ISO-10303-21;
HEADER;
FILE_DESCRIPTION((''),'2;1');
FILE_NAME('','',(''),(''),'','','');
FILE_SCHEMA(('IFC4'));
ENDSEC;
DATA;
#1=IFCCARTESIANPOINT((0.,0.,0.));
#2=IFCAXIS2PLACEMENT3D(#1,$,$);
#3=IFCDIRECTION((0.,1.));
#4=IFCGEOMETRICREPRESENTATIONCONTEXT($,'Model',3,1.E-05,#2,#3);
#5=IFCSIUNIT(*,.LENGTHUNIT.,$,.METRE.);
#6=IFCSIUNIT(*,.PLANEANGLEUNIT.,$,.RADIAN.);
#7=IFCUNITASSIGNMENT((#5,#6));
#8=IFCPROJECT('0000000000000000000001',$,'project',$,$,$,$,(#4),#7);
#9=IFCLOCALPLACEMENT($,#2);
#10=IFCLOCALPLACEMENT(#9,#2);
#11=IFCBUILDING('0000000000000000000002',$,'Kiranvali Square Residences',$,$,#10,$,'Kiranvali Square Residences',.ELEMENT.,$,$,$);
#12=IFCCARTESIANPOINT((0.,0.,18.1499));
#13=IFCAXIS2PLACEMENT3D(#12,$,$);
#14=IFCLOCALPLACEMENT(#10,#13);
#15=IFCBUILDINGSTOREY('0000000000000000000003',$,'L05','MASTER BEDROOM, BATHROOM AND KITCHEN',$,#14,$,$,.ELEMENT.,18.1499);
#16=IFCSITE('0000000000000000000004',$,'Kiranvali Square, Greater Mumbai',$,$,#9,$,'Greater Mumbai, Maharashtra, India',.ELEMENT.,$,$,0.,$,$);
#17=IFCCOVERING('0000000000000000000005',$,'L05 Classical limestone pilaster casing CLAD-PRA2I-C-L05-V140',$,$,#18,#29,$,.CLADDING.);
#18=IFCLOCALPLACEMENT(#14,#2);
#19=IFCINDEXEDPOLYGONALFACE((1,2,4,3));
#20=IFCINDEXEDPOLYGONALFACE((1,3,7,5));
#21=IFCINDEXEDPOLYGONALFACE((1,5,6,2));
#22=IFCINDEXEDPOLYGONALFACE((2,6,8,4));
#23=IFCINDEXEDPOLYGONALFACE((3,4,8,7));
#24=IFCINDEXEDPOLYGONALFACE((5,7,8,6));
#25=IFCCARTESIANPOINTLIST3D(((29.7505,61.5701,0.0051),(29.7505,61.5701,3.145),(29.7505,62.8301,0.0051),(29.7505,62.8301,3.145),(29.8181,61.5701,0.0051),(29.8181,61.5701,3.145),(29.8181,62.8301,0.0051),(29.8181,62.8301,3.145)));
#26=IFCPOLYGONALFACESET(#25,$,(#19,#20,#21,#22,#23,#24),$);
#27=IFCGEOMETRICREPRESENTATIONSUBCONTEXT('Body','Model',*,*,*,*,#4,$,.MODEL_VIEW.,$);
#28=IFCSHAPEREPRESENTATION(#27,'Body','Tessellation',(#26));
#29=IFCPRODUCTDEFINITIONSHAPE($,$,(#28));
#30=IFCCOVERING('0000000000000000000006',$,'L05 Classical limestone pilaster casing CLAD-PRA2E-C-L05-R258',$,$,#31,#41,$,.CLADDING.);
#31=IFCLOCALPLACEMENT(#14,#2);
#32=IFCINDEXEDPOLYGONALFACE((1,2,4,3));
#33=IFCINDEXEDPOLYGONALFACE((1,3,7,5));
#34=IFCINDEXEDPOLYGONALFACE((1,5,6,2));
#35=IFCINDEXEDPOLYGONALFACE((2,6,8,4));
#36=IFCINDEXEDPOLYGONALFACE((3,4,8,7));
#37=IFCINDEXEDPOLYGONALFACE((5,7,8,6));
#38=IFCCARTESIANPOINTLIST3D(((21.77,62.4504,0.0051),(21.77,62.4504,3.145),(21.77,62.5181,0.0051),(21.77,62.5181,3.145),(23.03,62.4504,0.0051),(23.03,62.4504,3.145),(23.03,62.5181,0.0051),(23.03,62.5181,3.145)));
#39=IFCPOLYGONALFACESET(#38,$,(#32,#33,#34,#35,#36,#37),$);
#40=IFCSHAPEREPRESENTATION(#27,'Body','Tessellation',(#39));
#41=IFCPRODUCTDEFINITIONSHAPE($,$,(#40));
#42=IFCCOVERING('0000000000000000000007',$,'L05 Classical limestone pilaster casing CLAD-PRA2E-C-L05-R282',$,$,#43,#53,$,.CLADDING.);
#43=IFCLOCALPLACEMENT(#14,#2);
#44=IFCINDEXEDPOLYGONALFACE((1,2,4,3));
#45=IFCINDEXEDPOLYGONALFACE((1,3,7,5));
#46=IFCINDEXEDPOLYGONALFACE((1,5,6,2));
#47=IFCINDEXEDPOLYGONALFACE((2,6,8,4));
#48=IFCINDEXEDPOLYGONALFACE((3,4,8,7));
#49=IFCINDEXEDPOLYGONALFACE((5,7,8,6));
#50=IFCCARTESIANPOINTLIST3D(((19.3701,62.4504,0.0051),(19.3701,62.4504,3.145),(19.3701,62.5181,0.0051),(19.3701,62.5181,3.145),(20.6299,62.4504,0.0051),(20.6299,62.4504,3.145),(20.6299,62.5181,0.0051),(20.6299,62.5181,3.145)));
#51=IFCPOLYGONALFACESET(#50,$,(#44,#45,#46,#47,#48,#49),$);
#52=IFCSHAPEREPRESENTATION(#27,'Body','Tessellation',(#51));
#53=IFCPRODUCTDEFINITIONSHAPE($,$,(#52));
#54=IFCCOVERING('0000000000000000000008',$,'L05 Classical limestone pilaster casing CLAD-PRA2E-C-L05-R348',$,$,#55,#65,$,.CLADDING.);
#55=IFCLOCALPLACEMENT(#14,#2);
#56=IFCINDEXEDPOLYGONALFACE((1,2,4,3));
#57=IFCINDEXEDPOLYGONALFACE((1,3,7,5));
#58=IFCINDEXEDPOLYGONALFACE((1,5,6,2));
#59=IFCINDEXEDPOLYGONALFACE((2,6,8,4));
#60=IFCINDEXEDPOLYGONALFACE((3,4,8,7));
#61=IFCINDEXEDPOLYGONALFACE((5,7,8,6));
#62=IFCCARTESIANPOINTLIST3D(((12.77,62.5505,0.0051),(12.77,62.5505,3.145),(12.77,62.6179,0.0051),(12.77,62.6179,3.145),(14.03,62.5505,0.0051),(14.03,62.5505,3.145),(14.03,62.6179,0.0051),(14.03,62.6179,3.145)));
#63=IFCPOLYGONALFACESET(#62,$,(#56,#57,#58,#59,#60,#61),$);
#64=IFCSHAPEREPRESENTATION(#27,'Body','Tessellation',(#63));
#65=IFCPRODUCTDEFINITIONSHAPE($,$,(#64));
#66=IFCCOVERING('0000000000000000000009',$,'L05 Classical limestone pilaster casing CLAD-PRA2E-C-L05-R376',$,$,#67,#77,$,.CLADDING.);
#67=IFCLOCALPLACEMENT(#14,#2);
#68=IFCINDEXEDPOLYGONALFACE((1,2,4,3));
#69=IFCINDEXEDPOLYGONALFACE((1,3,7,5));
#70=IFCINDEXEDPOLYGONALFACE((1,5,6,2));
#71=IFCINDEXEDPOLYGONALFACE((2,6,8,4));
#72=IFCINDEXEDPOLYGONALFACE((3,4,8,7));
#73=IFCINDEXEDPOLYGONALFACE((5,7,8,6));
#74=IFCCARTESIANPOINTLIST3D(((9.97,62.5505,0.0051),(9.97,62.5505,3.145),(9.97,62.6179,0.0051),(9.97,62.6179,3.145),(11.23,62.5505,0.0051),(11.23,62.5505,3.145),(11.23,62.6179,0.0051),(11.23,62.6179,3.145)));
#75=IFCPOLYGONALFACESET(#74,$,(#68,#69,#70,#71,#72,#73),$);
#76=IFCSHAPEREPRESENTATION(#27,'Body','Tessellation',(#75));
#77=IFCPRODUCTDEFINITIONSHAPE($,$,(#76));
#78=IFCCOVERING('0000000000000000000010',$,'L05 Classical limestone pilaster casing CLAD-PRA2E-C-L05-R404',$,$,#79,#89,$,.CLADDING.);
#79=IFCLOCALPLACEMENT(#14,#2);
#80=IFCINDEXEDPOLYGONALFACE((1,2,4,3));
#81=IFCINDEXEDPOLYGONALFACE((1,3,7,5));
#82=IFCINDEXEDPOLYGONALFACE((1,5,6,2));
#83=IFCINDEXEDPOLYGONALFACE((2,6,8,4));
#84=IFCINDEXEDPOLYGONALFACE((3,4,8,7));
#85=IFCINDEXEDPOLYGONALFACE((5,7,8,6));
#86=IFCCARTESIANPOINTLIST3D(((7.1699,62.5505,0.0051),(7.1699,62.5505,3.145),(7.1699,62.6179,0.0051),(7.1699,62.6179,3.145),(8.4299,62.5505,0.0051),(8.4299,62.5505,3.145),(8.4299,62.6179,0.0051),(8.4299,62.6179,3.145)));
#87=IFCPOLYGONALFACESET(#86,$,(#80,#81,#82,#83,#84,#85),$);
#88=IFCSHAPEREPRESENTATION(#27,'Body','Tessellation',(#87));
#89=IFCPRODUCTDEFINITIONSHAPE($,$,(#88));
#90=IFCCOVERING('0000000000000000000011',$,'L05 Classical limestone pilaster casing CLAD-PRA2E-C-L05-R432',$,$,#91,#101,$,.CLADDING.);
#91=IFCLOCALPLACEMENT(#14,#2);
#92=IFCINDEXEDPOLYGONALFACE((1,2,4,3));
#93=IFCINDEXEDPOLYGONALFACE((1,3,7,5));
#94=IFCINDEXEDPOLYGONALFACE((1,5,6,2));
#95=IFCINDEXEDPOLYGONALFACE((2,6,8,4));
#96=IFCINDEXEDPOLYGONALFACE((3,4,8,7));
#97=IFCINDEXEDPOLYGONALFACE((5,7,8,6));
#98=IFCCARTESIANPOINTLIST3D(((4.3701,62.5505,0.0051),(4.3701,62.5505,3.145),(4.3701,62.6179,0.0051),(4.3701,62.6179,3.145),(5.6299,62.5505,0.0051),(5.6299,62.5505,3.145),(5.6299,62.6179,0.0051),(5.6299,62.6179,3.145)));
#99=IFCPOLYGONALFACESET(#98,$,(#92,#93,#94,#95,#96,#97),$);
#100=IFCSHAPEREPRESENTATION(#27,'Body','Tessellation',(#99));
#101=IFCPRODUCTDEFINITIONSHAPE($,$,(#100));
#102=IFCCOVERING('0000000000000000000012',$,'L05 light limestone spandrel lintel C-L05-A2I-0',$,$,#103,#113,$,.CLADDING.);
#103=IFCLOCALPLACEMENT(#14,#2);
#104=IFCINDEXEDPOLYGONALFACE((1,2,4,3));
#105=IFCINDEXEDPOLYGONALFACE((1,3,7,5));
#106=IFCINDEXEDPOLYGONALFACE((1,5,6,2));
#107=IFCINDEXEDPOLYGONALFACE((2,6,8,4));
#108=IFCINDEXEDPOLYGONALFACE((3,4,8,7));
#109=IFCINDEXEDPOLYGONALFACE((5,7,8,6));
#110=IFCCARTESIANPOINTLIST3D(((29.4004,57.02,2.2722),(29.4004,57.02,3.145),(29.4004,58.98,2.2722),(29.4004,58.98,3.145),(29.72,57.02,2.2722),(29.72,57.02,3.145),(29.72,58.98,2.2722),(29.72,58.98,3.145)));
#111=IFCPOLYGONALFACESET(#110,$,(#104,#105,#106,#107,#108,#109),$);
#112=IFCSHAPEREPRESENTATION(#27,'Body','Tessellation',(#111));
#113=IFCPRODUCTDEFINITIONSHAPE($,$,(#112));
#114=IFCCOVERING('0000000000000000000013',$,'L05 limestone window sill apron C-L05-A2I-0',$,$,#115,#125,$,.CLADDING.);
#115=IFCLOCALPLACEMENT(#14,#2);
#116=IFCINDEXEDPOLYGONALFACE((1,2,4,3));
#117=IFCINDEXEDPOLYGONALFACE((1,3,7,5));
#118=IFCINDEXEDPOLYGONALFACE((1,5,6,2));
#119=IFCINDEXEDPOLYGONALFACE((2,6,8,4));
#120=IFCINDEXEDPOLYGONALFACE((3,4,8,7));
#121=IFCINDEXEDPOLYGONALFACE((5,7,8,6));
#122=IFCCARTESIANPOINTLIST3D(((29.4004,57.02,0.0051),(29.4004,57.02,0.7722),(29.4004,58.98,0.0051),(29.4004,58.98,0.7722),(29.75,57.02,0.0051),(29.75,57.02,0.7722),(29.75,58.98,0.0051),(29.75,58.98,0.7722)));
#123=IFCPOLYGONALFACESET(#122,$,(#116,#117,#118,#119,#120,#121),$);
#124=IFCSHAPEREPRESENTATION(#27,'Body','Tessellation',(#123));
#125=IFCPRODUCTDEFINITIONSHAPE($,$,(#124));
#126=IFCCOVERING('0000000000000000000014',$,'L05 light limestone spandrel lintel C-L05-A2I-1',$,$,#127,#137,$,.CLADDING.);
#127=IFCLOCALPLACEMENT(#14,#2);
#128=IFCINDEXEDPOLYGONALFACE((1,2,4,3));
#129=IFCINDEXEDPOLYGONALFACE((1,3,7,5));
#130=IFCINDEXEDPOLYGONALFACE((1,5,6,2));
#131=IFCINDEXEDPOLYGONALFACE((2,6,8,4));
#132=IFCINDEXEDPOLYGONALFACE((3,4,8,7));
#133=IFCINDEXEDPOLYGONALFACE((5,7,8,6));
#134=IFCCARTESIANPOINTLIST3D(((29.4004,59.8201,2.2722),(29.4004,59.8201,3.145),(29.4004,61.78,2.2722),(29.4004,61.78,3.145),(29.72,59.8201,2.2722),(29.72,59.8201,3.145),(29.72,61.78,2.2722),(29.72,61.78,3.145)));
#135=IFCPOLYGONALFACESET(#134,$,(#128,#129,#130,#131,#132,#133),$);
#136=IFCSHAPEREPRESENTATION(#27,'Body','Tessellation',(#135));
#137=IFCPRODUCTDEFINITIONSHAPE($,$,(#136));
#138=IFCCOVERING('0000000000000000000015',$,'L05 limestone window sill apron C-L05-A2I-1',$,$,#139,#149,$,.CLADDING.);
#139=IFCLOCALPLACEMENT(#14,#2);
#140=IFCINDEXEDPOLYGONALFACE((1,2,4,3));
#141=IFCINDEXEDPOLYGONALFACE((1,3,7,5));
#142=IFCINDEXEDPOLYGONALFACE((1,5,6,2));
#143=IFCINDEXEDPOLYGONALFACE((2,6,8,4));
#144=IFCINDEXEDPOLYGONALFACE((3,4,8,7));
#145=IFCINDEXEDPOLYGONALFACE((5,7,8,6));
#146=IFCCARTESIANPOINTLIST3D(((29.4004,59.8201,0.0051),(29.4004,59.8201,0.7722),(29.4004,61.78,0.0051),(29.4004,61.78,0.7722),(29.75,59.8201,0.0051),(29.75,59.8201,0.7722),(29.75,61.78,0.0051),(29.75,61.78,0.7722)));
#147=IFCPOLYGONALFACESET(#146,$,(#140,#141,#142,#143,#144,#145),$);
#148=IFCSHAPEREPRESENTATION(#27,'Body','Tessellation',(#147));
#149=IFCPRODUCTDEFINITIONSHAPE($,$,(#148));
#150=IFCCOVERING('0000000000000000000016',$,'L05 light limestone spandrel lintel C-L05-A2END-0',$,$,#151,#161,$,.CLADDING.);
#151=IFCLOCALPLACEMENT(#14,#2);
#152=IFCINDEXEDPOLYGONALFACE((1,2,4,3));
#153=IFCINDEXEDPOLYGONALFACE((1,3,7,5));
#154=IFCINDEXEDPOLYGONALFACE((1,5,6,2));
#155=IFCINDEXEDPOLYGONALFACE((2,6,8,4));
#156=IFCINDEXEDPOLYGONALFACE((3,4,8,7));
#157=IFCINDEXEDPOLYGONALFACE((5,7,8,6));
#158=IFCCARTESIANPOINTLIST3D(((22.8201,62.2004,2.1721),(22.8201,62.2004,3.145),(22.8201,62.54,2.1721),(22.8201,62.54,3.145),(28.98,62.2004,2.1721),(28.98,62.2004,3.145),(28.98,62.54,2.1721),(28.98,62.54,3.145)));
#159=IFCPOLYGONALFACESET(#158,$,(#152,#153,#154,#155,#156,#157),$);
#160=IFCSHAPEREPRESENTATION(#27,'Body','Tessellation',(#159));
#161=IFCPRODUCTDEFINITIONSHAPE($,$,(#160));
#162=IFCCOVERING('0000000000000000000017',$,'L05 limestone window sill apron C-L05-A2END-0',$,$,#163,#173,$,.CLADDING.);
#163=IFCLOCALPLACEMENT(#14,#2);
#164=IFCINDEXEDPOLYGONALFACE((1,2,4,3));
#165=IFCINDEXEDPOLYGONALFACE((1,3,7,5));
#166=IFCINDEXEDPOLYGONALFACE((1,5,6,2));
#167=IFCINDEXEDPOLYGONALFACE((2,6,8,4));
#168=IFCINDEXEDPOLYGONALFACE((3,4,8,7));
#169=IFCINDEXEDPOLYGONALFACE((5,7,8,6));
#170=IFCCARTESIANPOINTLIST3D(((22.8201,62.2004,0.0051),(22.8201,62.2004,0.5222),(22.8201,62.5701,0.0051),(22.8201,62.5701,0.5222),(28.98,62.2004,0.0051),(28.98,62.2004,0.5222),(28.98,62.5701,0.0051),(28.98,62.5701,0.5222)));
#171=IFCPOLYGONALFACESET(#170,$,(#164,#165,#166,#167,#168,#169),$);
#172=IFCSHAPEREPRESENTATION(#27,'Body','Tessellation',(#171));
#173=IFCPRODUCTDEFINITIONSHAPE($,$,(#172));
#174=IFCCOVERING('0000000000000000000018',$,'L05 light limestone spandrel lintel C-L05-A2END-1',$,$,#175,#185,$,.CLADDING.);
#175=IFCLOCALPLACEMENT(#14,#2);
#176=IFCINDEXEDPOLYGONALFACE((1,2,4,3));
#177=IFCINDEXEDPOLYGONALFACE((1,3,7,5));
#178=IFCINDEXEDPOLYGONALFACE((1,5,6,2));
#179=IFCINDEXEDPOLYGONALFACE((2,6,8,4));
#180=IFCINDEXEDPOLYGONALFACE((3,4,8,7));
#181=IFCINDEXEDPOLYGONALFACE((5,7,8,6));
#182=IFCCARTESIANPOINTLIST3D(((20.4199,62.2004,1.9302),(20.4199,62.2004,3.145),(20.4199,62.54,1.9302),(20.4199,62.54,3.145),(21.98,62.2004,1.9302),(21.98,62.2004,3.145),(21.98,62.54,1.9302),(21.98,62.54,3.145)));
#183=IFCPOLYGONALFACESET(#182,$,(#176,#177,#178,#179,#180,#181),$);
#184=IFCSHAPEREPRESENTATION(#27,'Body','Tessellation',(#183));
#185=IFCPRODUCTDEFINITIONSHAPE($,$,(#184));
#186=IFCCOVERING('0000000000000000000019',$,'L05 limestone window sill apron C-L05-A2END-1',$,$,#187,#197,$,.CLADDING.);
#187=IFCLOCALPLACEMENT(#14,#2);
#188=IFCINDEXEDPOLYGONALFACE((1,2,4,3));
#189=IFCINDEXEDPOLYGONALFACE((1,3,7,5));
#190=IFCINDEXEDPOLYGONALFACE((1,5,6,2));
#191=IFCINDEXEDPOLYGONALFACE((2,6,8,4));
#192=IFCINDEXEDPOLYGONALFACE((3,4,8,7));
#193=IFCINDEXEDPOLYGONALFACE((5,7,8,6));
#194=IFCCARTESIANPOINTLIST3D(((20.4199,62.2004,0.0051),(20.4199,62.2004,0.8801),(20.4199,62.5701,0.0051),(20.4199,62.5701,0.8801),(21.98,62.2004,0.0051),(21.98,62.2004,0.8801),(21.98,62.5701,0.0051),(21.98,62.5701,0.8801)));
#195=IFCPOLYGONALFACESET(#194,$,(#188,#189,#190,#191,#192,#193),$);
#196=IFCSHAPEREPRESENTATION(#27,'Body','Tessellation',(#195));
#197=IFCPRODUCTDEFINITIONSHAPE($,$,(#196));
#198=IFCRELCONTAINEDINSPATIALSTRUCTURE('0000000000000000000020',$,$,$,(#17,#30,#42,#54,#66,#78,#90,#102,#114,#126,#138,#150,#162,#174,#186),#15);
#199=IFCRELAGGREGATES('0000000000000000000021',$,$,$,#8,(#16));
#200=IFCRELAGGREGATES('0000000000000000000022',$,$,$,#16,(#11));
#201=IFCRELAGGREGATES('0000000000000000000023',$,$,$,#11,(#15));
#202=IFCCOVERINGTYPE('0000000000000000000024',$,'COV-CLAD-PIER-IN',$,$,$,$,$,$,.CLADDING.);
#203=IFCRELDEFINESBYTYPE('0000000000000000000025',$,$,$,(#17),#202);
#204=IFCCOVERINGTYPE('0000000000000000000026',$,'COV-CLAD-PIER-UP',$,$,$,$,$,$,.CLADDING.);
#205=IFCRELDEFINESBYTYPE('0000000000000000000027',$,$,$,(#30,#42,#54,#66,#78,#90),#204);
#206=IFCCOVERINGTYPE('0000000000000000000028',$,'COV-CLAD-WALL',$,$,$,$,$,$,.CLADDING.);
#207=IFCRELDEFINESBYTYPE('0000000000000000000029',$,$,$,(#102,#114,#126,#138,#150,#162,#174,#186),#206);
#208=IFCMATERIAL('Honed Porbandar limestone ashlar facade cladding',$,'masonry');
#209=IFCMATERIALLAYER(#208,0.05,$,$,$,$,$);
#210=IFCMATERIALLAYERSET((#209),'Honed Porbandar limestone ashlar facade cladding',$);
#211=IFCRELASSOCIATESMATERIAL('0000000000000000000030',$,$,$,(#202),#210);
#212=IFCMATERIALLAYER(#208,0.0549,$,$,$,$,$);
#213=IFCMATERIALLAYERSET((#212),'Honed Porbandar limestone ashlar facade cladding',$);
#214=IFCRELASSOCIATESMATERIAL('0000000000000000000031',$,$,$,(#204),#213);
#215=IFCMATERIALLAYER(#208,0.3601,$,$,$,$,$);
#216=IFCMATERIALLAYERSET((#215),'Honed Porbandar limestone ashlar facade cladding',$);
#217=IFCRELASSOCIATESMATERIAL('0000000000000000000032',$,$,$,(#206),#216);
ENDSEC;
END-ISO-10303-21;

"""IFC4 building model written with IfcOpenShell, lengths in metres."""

from ifc_helpers import new_model, si_unit, direction, frame, origin, place, context, subcontext, project, spatial, polyline, outline, extrude, material, layer, layer_set, type_object, element, save


model = new_model("IFC4")

# Units and contexts
model_context = context("Model", 3, precision=1e-05, world=origin(), true_north=direction((0.0, 1.0)))
body_context = subcontext(model_context, "Body", "Model", "MODEL_VIEW")
ifc_project = project(units=[si_unit("LENGTHUNIT", "METRE"), si_unit("PLANEANGLEUNIT", "RADIAN")], contexts=[model_context])

# Site, building, storey
site_placement = place(None, origin())
site = spatial("IfcSite", under=ifc_project, at=site_placement, Name="Kiranvali Square, Greater Mumbai", LongName="Greater Mumbai, Maharashtra, India", CompositionType="ELEMENT", RefElevation=0.0)
building_placement = place(site_placement, origin())
building = spatial("IfcBuilding", under=site, at=building_placement, Name="Kiranvali Square Residences", LongName="Kiranvali Square Residences", CompositionType="ELEMENT")
storey_placement = place(building_placement, frame((0.0, 0.0, 18.1499)))
storey = spatial("IfcBuildingStorey", under=building, at=storey_placement, Name="L05", Description="MASTER BEDROOM, BATHROOM AND KITCHEN", CompositionType="ELEMENT", Elevation=18.1499)

# Coverings
ifc_material_1 = material(Name="Honed Porbandar limestone ashlar facade cladding", Category="masonry")
ifc_layer_1 = layer(ifc_material_1, 0.05)
ifc_layer_set_1 = layer_set([ifc_layer_1], Name="Honed Porbandar limestone ashlar facade cladding")
covering_type_1 = type_object("IfcCoveringType", Name="COV-CLAD-PIER-IN", PredefinedType="CLADDING", material=ifc_layer_set_1)
covering_1_placement = place(storey_placement, frame((0.0, 0.0, 0.0051)))
element("IfcCovering", 1, at=covering_1_placement, inside=storey, type_object=covering_type_1, Name="L05 Classical limestone pilaster casing CLAD-PRA2I-C-L05-V140", PredefinedType="CLADDING", context=body_context, shape_type="SweptSolid", body=[
    extrude(outline(polyline([(29.8181, 61.5701), (29.8181, 62.8301), (29.7505, 62.8301), (29.7505, 61.5701), (29.8181, 61.5701)])), origin(), (0.0, 0.0, 1.0), 3.1399),
])
ifc_layer_2 = layer(ifc_material_1, 0.0549)
ifc_layer_set_2 = layer_set([ifc_layer_2], Name="Honed Porbandar limestone ashlar facade cladding")
covering_type_2 = type_object("IfcCoveringType", Name="COV-CLAD-PIER-UP", PredefinedType="CLADDING", material=ifc_layer_set_2)
covering_2_placement = place(storey_placement, frame((0.0, 0.0, 0.0051)))
element("IfcCovering", 2, at=covering_2_placement, inside=storey, type_object=covering_type_2, Name="L05 Classical limestone pilaster casing CLAD-PRA2E-C-L05-R258", PredefinedType="CLADDING", context=body_context, shape_type="SweptSolid", body=[
    extrude(outline(polyline([(23.03, 62.5181), (21.77, 62.5181), (21.77, 62.4504), (23.03, 62.4504), (23.03, 62.5181)])), origin(), (0.0, 0.0, 1.0), 3.1399),
])
covering_3_placement = place(storey_placement, frame((0.0, 0.0, 0.0051)))
element("IfcCovering", 3, at=covering_3_placement, inside=storey, type_object=covering_type_2, Name="L05 Classical limestone pilaster casing CLAD-PRA2E-C-L05-R282", PredefinedType="CLADDING", context=body_context, shape_type="SweptSolid", body=[
    extrude(outline(polyline([(20.6299, 62.5181), (19.3701, 62.5181), (19.3701, 62.4504), (20.6299, 62.4504), (20.6299, 62.5181)])), origin(), (0.0, 0.0, 1.0), 3.1399),
])
covering_4_placement = place(storey_placement, frame((0.0, 0.0, 0.0051)))
element("IfcCovering", 4, at=covering_4_placement, inside=storey, type_object=covering_type_2, Name="L05 Classical limestone pilaster casing CLAD-PRA2E-C-L05-R348", PredefinedType="CLADDING", context=body_context, shape_type="SweptSolid", body=[
    extrude(outline(polyline([(14.03, 62.6179), (12.77, 62.6179), (12.77, 62.5505), (14.03, 62.5505), (14.03, 62.6179)])), origin(), (0.0, 0.0, 1.0), 3.1399),
])
covering_5_placement = place(storey_placement, frame((0.0, 0.0, 0.0051)))
element("IfcCovering", 5, at=covering_5_placement, inside=storey, type_object=covering_type_2, Name="L05 Classical limestone pilaster casing CLAD-PRA2E-C-L05-R376", PredefinedType="CLADDING", context=body_context, shape_type="SweptSolid", body=[
    extrude(outline(polyline([(11.23, 62.6179), (9.97, 62.6179), (9.97, 62.5505), (11.23, 62.5505), (11.23, 62.6179)])), origin(), (0.0, 0.0, 1.0), 3.1399),
])
covering_6_placement = place(storey_placement, frame((0.0, 0.0, 0.0051)))
element("IfcCovering", 6, at=covering_6_placement, inside=storey, type_object=covering_type_2, Name="L05 Classical limestone pilaster casing CLAD-PRA2E-C-L05-R404", PredefinedType="CLADDING", context=body_context, shape_type="SweptSolid", body=[
    extrude(outline(polyline([(8.4299, 62.6179), (7.1699, 62.6179), (7.1699, 62.5505), (8.4299, 62.5505), (8.4299, 62.6179)])), origin(), (0.0, 0.0, 1.0), 3.1399),
])
covering_7_placement = place(storey_placement, frame((0.0, 0.0, 0.0051)))
element("IfcCovering", 7, at=covering_7_placement, inside=storey, type_object=covering_type_2, Name="L05 Classical limestone pilaster casing CLAD-PRA2E-C-L05-R432", PredefinedType="CLADDING", context=body_context, shape_type="SweptSolid", body=[
    extrude(outline(polyline([(5.6299, 62.6179), (4.3701, 62.6179), (4.3701, 62.5505), (5.6299, 62.5505), (5.6299, 62.6179)])), origin(), (0.0, 0.0, 1.0), 3.1399),
])
ifc_layer_3 = layer(ifc_material_1, 0.3601)
ifc_layer_set_3 = layer_set([ifc_layer_3], Name="Honed Porbandar limestone ashlar facade cladding")
covering_type_3 = type_object("IfcCoveringType", Name="COV-CLAD-WALL", PredefinedType="CLADDING", material=ifc_layer_set_3)
covering_8_placement = place(storey_placement, frame((0.0, 0.0, 2.2722)))
element("IfcCovering", 8, at=covering_8_placement, inside=storey, type_object=covering_type_3, Name="L05 light limestone spandrel lintel C-L05-A2I-0", PredefinedType="CLADDING", context=body_context, shape_type="SweptSolid", body=[
    extrude(outline(polyline([(29.72, 57.02), (29.72, 58.98), (29.4004, 58.98), (29.4004, 57.02), (29.72, 57.02)])), origin(), (0.0, 0.0, 1.0), 0.8728),
])
covering_9_placement = place(storey_placement, frame((0.0, 0.0, 0.0051)))
element("IfcCovering", 9, at=covering_9_placement, inside=storey, type_object=covering_type_3, Name="L05 limestone window sill apron C-L05-A2I-0", PredefinedType="CLADDING", context=body_context, shape_type="SweptSolid", body=[
    extrude(outline(polyline([(29.75, 57.02), (29.75, 58.98), (29.4004, 58.98), (29.4004, 57.02), (29.75, 57.02)])), origin(), (0.0, 0.0, 1.0), 0.7671),
])
covering_10_placement = place(storey_placement, frame((0.0, 0.0, 2.2722)))
element("IfcCovering", 10, at=covering_10_placement, inside=storey, type_object=covering_type_3, Name="L05 light limestone spandrel lintel C-L05-A2I-1", PredefinedType="CLADDING", context=body_context, shape_type="SweptSolid", body=[
    extrude(outline(polyline([(29.72, 59.8201), (29.72, 61.78), (29.4004, 61.78), (29.4004, 59.8201), (29.72, 59.8201)])), origin(), (0.0, 0.0, 1.0), 0.8728),
])
covering_11_placement = place(storey_placement, frame((0.0, 0.0, 0.0051)))
element("IfcCovering", 11, at=covering_11_placement, inside=storey, type_object=covering_type_3, Name="L05 limestone window sill apron C-L05-A2I-1", PredefinedType="CLADDING", context=body_context, shape_type="SweptSolid", body=[
    extrude(outline(polyline([(29.75, 59.8201), (29.75, 61.78), (29.4004, 61.78), (29.4004, 59.8201), (29.75, 59.8201)])), origin(), (0.0, 0.0, 1.0), 0.7671),
])
covering_12_placement = place(storey_placement, frame((0.0, 0.0, 2.1721)))
element("IfcCovering", 12, at=covering_12_placement, inside=storey, type_object=covering_type_3, Name="L05 light limestone spandrel lintel C-L05-A2END-0", PredefinedType="CLADDING", context=body_context, shape_type="SweptSolid", body=[
    extrude(outline(polyline([(28.98, 62.54), (22.8201, 62.54), (22.8201, 62.2004), (28.98, 62.2004), (28.98, 62.54)])), origin(), (0.0, 0.0, 1.0), 0.9729),
])
covering_13_placement = place(storey_placement, frame((0.0, 0.0, 0.0051)))
element("IfcCovering", 13, at=covering_13_placement, inside=storey, type_object=covering_type_3, Name="L05 limestone window sill apron C-L05-A2END-0", PredefinedType="CLADDING", context=body_context, shape_type="SweptSolid", body=[
    extrude(outline(polyline([(28.98, 62.5701), (22.8201, 62.5701), (22.8201, 62.2004), (28.98, 62.2004), (28.98, 62.5701)])), origin(), (0.0, 0.0, 1.0), 0.5171),
])
covering_14_placement = place(storey_placement, frame((0.0, 0.0, 1.9302)))
element("IfcCovering", 14, at=covering_14_placement, inside=storey, type_object=covering_type_3, Name="L05 light limestone spandrel lintel C-L05-A2END-1", PredefinedType="CLADDING", context=body_context, shape_type="SweptSolid", body=[
    extrude(outline(polyline([(21.98, 62.54), (20.4199, 62.54), (20.4199, 62.2004), (21.98, 62.2004), (21.98, 62.54)])), origin(), (0.0, 0.0, 1.0), 1.2148),
])
covering_15_placement = place(storey_placement, frame((0.0, 0.0, 0.0051)))
element("IfcCovering", 15, at=covering_15_placement, inside=storey, type_object=covering_type_3, Name="L05 limestone window sill apron C-L05-A2END-1", PredefinedType="CLADDING", context=body_context, shape_type="SweptSolid", body=[
    extrude(outline(polyline([(21.98, 62.5701), (20.4199, 62.5701), (20.4199, 62.2004), (21.98, 62.2004), (21.98, 62.5701)])), origin(), (0.0, 0.0, 1.0), 0.875),
])

save(model, "model.ifc")
